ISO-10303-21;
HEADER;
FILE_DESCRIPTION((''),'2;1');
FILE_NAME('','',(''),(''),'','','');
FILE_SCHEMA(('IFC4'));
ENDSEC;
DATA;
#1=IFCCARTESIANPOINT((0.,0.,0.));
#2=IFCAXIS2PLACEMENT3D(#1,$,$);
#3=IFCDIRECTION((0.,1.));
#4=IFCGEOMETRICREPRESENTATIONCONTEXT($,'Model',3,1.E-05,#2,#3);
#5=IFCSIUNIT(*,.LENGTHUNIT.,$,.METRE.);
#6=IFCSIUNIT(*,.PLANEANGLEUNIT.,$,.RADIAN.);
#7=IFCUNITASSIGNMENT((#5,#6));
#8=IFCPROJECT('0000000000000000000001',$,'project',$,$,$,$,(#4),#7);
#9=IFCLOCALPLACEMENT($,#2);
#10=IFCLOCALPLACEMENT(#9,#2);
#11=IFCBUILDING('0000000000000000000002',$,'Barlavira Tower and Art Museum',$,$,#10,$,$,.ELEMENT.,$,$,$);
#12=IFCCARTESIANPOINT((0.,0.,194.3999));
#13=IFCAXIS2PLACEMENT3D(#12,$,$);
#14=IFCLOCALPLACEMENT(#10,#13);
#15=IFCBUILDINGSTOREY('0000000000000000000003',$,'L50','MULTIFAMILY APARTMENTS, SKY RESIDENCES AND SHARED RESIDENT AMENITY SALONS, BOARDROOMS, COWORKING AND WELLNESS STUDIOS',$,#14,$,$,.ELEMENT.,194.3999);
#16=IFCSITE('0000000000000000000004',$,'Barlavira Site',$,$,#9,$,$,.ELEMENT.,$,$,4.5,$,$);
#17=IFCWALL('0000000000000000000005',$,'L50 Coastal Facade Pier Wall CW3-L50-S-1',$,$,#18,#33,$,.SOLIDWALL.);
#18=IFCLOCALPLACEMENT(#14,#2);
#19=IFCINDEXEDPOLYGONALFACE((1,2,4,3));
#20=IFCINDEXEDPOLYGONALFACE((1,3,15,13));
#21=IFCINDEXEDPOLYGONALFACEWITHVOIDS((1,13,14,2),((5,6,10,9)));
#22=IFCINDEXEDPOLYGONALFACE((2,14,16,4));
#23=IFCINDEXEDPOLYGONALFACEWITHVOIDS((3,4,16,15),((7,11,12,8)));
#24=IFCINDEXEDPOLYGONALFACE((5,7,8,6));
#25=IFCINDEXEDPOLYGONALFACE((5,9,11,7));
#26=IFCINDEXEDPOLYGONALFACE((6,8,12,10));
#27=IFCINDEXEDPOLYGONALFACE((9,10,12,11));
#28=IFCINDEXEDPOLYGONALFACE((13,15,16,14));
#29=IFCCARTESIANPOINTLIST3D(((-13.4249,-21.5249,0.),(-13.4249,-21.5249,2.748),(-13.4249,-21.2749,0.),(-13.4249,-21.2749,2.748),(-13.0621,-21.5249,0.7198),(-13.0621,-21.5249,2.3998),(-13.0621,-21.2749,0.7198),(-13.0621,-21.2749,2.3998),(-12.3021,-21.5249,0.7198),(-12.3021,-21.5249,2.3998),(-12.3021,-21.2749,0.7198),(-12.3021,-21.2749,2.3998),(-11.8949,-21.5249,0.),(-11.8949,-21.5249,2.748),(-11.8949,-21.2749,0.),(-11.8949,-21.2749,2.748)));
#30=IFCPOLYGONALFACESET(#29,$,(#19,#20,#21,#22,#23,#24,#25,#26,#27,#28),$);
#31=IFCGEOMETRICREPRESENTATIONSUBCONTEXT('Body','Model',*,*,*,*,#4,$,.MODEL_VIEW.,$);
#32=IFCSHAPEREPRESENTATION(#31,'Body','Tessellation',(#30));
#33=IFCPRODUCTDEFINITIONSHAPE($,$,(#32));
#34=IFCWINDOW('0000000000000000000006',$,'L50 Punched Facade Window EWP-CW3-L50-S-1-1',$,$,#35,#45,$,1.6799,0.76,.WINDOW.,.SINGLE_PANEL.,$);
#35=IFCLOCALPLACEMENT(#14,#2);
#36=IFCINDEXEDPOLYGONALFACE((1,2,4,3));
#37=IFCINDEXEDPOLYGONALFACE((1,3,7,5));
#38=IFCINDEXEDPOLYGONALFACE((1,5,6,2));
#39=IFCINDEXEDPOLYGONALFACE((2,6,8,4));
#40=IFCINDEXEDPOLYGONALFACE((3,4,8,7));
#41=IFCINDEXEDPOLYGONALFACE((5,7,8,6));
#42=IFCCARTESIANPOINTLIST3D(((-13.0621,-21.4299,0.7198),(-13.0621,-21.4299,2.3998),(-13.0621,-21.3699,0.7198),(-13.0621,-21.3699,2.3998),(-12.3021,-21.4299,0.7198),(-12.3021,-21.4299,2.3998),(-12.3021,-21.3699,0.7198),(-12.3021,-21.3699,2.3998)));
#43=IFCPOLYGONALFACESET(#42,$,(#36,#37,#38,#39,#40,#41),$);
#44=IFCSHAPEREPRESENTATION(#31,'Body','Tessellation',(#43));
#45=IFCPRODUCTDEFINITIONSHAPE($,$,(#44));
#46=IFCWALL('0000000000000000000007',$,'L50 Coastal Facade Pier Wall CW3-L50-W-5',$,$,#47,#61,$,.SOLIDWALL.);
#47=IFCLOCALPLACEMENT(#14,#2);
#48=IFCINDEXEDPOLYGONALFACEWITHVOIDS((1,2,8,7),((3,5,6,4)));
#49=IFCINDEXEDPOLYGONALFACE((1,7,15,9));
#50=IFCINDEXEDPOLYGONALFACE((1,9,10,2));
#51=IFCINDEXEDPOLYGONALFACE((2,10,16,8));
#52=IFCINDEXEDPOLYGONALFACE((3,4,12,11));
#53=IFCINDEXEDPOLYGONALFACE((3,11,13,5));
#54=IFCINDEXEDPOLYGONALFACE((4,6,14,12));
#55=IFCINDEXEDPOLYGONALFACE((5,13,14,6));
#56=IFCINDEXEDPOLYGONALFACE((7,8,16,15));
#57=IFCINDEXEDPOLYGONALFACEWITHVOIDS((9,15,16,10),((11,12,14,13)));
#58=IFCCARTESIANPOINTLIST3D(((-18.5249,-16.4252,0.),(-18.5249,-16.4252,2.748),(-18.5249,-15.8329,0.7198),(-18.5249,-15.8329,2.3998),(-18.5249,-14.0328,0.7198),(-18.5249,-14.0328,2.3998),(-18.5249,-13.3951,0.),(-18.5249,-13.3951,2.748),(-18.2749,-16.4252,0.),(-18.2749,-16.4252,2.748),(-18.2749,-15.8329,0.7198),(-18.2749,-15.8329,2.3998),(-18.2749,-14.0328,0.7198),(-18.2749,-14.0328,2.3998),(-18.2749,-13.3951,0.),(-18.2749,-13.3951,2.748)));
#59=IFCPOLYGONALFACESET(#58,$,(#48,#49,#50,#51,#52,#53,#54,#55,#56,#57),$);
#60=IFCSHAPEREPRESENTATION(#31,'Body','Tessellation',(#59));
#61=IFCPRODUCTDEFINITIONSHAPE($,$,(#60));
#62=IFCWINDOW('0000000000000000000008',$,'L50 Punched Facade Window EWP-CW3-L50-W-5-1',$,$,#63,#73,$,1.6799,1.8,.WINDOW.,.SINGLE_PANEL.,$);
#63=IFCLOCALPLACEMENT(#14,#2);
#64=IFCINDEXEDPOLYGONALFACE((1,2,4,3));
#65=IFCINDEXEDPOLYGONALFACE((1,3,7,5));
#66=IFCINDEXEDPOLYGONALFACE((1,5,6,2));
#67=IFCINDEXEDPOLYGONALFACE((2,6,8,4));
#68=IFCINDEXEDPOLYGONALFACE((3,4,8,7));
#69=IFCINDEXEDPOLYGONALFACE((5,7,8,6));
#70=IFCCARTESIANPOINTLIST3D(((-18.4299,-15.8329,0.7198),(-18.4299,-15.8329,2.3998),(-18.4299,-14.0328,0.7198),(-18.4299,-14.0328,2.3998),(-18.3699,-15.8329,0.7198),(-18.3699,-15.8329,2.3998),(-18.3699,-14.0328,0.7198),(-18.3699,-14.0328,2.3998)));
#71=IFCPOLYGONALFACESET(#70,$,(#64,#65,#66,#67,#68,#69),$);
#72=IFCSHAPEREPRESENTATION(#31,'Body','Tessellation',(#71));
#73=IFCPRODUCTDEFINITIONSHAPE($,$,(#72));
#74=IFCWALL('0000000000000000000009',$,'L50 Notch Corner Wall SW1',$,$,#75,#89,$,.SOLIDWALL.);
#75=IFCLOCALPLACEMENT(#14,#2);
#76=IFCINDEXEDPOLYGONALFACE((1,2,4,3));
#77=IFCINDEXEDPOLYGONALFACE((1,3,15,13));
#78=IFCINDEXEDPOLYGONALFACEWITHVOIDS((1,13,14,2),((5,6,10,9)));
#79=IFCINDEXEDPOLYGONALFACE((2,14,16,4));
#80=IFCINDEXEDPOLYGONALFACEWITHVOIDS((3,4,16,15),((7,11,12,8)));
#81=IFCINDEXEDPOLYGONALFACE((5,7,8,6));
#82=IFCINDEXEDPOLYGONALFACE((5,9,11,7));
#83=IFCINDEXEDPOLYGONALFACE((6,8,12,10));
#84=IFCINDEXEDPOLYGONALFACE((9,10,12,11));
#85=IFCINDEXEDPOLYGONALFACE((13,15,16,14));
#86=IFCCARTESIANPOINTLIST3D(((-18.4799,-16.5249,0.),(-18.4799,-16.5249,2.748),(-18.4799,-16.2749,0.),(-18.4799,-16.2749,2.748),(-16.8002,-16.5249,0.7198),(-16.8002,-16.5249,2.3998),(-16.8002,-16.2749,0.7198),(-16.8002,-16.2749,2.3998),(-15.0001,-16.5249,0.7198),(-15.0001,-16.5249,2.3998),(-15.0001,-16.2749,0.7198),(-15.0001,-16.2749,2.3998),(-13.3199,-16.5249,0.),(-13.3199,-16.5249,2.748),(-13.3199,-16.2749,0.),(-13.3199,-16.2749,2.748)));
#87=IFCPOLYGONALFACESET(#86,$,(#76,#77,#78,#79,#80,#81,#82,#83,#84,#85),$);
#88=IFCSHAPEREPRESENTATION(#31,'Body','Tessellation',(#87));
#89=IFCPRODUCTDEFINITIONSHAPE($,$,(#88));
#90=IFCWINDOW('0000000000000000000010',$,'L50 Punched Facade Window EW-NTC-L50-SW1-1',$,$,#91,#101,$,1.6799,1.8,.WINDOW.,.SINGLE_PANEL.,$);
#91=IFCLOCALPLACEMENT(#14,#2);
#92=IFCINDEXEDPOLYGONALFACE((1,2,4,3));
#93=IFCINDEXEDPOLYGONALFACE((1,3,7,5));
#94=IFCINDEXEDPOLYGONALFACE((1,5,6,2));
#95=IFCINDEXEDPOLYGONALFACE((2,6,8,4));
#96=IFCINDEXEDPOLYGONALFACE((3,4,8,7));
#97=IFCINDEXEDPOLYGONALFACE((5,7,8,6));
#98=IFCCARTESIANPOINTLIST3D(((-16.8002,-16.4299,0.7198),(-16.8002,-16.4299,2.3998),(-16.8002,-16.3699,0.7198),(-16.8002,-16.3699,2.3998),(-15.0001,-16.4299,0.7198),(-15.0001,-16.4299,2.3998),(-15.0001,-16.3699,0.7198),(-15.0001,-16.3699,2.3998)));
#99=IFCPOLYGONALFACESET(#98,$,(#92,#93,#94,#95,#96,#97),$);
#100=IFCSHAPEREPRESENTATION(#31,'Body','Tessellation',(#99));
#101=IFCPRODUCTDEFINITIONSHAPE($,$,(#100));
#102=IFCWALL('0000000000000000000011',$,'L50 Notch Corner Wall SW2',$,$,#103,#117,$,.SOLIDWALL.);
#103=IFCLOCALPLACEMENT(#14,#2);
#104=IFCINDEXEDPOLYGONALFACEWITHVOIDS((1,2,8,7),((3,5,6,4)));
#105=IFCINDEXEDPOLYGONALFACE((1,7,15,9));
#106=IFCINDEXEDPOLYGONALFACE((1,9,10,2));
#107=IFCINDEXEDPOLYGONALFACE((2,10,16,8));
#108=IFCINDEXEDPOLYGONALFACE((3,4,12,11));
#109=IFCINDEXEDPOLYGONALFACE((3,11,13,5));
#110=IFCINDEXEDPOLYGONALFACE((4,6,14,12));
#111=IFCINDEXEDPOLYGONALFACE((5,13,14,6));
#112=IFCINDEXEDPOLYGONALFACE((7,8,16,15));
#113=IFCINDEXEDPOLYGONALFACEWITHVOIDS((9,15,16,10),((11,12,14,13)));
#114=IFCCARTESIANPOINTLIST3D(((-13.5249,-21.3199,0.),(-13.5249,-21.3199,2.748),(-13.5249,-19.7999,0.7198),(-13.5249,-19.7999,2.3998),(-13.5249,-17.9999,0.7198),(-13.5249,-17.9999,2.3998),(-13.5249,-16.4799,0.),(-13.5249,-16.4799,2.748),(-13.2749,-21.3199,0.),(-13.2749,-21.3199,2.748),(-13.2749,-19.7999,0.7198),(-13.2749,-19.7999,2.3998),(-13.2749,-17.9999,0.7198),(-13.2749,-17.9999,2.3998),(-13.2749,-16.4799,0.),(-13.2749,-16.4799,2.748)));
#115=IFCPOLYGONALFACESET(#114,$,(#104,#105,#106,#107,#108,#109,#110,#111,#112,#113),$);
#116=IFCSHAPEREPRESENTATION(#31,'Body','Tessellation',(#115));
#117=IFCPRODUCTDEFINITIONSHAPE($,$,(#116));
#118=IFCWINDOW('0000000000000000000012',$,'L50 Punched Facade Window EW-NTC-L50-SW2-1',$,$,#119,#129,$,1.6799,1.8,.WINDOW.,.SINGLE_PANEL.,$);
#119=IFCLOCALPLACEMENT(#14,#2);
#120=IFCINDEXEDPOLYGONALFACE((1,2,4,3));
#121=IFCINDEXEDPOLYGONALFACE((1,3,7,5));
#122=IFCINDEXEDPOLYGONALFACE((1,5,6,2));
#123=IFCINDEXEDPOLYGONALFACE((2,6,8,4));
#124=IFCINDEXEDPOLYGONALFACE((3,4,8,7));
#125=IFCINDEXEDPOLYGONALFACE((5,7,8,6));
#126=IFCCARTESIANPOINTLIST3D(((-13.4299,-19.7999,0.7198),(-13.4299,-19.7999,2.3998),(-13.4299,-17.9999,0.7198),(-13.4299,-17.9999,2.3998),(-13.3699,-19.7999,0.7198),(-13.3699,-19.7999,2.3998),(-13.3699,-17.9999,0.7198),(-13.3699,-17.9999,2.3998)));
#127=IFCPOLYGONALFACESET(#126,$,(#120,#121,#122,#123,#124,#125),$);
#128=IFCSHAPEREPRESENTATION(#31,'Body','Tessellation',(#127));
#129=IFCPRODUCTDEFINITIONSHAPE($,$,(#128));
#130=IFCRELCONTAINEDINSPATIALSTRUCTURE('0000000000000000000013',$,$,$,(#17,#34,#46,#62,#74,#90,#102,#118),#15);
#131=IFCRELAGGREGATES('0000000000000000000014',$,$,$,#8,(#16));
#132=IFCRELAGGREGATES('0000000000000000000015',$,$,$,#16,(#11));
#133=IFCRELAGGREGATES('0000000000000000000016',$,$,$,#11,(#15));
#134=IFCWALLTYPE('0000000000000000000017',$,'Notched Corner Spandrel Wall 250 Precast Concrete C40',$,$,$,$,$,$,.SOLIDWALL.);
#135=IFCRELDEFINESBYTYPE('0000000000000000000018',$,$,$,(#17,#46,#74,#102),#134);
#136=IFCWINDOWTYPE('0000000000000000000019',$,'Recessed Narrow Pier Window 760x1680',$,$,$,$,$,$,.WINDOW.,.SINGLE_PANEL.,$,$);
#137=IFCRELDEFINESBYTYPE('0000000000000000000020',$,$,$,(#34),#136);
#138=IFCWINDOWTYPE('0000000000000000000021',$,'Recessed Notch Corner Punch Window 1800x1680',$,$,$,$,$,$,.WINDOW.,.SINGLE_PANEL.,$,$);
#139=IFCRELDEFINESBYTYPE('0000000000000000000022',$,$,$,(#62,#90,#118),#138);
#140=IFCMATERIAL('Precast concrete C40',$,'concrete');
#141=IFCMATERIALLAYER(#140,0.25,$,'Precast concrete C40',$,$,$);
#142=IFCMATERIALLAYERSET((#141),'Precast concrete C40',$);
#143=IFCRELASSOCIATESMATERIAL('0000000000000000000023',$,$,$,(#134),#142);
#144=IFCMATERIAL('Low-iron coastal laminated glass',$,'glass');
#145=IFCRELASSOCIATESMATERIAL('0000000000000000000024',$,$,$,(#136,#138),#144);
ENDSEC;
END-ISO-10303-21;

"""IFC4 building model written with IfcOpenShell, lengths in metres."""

from ifc_helpers import new_model, si_unit, direction, frame, frame_2d, origin, place, context, subcontext, project, spatial, rectangle, extrude, material, layer, layer_set, type_object, element, fill, save


model = new_model("IFC4")

# Units and contexts
model_context = context("Model", 3, precision=1e-05, world=origin(), true_north=direction((0.0, 1.0)))
body_context = subcontext(model_context, "Body", "Model", "MODEL_VIEW")
ifc_project = project(units=[si_unit("LENGTHUNIT", "METRE"), si_unit("PLANEANGLEUNIT", "RADIAN")], contexts=[model_context])

# Site, building, storey
site_placement = place(None, origin())
site = spatial("IfcSite", under=ifc_project, at=site_placement, Name="Barlavira Site", CompositionType="ELEMENT", RefElevation=4.5)
building_placement = place(site_placement, origin())
building = spatial("IfcBuilding", under=site, at=building_placement, Name="Barlavira Tower and Art Museum", CompositionType="ELEMENT")
storey_placement = place(building_placement, frame((0.0, 0.0, 194.3999)))
storey = spatial("IfcBuildingStorey", under=building, at=storey_placement, Name="L50", Description="MULTIFAMILY APARTMENTS, SKY RESIDENCES AND SHARED RESIDENT AMENITY SALONS, BOARDROOMS, COWORKING AND WELLNESS STUDIOS", CompositionType="ELEMENT", Elevation=194.3999)

# Walls, openings, windows
ifc_material_1 = material(Name="Precast concrete C40", Category="concrete")
ifc_layer_1 = layer(ifc_material_1, 0.25, Name="Precast concrete C40")
ifc_layer_set_1 = layer_set([ifc_layer_1], Name="Precast concrete C40")
wall_type_1 = type_object("IfcWallType", Name="Notched Corner Spandrel Wall 250 Precast Concrete C40", PredefinedType="SOLIDWALL", material=ifc_layer_set_1)
wall_1_placement = place(storey_placement, frame((-13.425, -21.3999, 0.0), z_axis=(0.0, 0.0, 1.0), x_axis=(1.0, 0.0, 0.0)))
wall_1 = element("IfcWall", 1, at=wall_1_placement, inside=storey, type_object=wall_type_1, Name="L50 Coastal Facade Pier Wall CW3-L50-S-1", PredefinedType="SOLIDWALL", context=body_context, shape_type="SweptSolid", body=[
    extrude(rectangle(XDim=1.53, YDim=0.25, at=frame_2d((0.7651, 0.0))), origin(), (0.0, 0.0, 1.0), 2.748),
])
opening_1_placement = place(wall_1_placement, frame((0.363, 0.0, 0.72)))
opening_1 = element("IfcOpeningElement", 2, at=opening_1_placement, cuts=wall_1, PredefinedType="OPENING", context=body_context, shape_type="SweptSolid", body=[
    extrude(rectangle(XDim=0.76, YDim=1.6799, at=frame_2d((0.3799, 0.8398))), frame((0.0, 0.135, 0.0), z_axis=(0.0, -1.0, 0.0), x_axis=(1.0, 0.0, 0.0)), (0.0, 0.0, 1.0), 0.27),
])
ifc_material_2 = material(Name="Low-iron coastal laminated glass", Category="glass")
window_type_1 = type_object("IfcWindowType", Name="Recessed Narrow Pier Window 760x1680", PartitioningType="SINGLE_PANEL", PredefinedType="WINDOW", material=ifc_material_2)
window_1_placement = place(opening_1_placement, origin())
window_1 = element("IfcWindow", 3, at=window_1_placement, inside=storey, type_object=window_type_1, Name="L50 Punched Facade Window EWP-CW3-L50-S-1-1", OverallHeight=1.6799, OverallWidth=0.76, PartitioningType="SINGLE_PANEL", PredefinedType="WINDOW", context=body_context, shape_type="SweptSolid", body=[
    extrude(rectangle(XDim=0.76, YDim=1.6799, at=frame_2d((0.3799, 0.8398))), frame((0.0, 0.03, 0.0), z_axis=(0.0, -1.0, 0.0), x_axis=(1.0, 0.0, 0.0)), (0.0, 0.0, 1.0), 0.0601),
])
fill(opening_1, window_1)
wall_2_placement = place(storey_placement, frame((-18.3999, -13.395, 0.0), z_axis=(0.0, 0.0, 1.0), x_axis=(0.0, -1.0, 0.0)))
wall_2 = element("IfcWall", 4, at=wall_2_placement, inside=storey, type_object=wall_type_1, Name="L50 Coastal Facade Pier Wall CW3-L50-W-5", PredefinedType="SOLIDWALL", context=body_context, shape_type="SweptSolid", body=[
    extrude(rectangle(XDim=3.03, YDim=0.25, at=frame_2d((1.5151, 0.0))), origin(), (0.0, 0.0, 1.0), 2.748),
])
opening_2_placement = place(wall_2_placement, frame((0.6379, 0.0, 0.72)))
opening_2 = element("IfcOpeningElement", 5, at=opening_2_placement, cuts=wall_2, PredefinedType="OPENING", context=body_context, shape_type="SweptSolid", body=[
    extrude(rectangle(XDim=1.8, YDim=1.6799, at=frame_2d((0.8999, 0.8398))), frame((0.0, 0.135, 0.0), z_axis=(0.0, -1.0, 0.0), x_axis=(1.0, 0.0, 0.0)), (0.0, 0.0, 1.0), 0.27),
])
window_type_2 = type_object("IfcWindowType", Name="Recessed Notch Corner Punch Window 1800x1680", PartitioningType="SINGLE_PANEL", PredefinedType="WINDOW", material=ifc_material_2)
window_2_placement = place(opening_2_placement, origin())
window_2 = element("IfcWindow", 6, at=window_2_placement, inside=storey, type_object=window_type_2, Name="L50 Punched Facade Window EWP-CW3-L50-W-5-1", OverallHeight=1.6799, OverallWidth=1.8, PartitioningType="SINGLE_PANEL", PredefinedType="WINDOW", context=body_context, shape_type="SweptSolid", body=[
    extrude(rectangle(XDim=1.8, YDim=1.6799, at=frame_2d((0.8999, 0.8398))), frame((0.0, 0.03, 0.0), z_axis=(0.0, -1.0, 0.0), x_axis=(1.0, 0.0, 0.0)), (0.0, 0.0, 1.0), 0.0601),
])
fill(opening_2, window_2)
wall_3_placement = place(storey_placement, frame((-18.48, -16.3999, 0.0), z_axis=(0.0, 0.0, 1.0), x_axis=(1.0, 0.0, 0.0)))
wall_3 = element("IfcWall", 7, at=wall_3_placement, inside=storey, type_object=wall_type_1, Name="L50 Notch Corner Wall SW1", PredefinedType="SOLIDWALL", context=body_context, shape_type="SweptSolid", body=[
    extrude(rectangle(XDim=5.1599, YDim=0.25, at=frame_2d((2.5801, 0.0))), origin(), (0.0, 0.0, 1.0), 2.748),
])
opening_3_placement = place(wall_3_placement, frame((1.6799, 0.0, 0.72)))
opening_3 = element("IfcOpeningElement", 8, at=opening_3_placement, cuts=wall_3, PredefinedType="OPENING", context=body_context, shape_type="SweptSolid", body=[
    extrude(rectangle(XDim=1.8, YDim=1.6799, at=frame_2d((0.8999, 0.8398))), frame((0.0, 0.135, 0.0), z_axis=(0.0, -1.0, 0.0), x_axis=(1.0, 0.0, 0.0)), (0.0, 0.0, 1.0), 0.27),
])
window_3_placement = place(opening_3_placement, origin())
window_3 = element("IfcWindow", 9, at=window_3_placement, inside=storey, type_object=window_type_2, Name="L50 Punched Facade Window EW-NTC-L50-SW1-1", OverallHeight=1.6799, OverallWidth=1.8, PartitioningType="SINGLE_PANEL", PredefinedType="WINDOW", context=body_context, shape_type="SweptSolid", body=[
    extrude(rectangle(XDim=1.8, YDim=1.6799, at=frame_2d((0.8999, 0.8398))), frame((0.0, 0.03, 0.0), z_axis=(0.0, -1.0, 0.0), x_axis=(1.0, 0.0, 0.0)), (0.0, 0.0, 1.0), 0.0601),
])
fill(opening_3, window_3)
wall_4_placement = place(storey_placement, frame((-13.3999, -16.48, 0.0), z_axis=(0.0, 0.0, 1.0), x_axis=(0.0, -1.0, 0.0)))
wall_4 = element("IfcWall", 10, at=wall_4_placement, inside=storey, type_object=wall_type_1, Name="L50 Notch Corner Wall SW2", PredefinedType="SOLIDWALL", context=body_context, shape_type="SweptSolid", body=[
    extrude(rectangle(XDim=4.8401, YDim=0.25, at=frame_2d((2.4199, 0.0))), origin(), (0.0, 0.0, 1.0), 2.748),
])
opening_4_placement = place(wall_4_placement, frame((1.52, 0.0, 0.72)))
opening_4 = element("IfcOpeningElement", 11, at=opening_4_placement, cuts=wall_4, PredefinedType="OPENING", context=body_context, shape_type="SweptSolid", body=[
    extrude(rectangle(XDim=1.8, YDim=1.6799, at=frame_2d((0.8999, 0.8398))), frame((0.0, 0.135, 0.0), z_axis=(0.0, -1.0, 0.0), x_axis=(1.0, 0.0, 0.0)), (0.0, 0.0, 1.0), 0.27),
])
window_4_placement = place(opening_4_placement, origin())
window_4 = element("IfcWindow", 12, at=window_4_placement, inside=storey, type_object=window_type_2, Name="L50 Punched Facade Window EW-NTC-L50-SW2-1", OverallHeight=1.6799, OverallWidth=1.8, PartitioningType="SINGLE_PANEL", PredefinedType="WINDOW", context=body_context, shape_type="SweptSolid", body=[
    extrude(rectangle(XDim=1.8, YDim=1.6799, at=frame_2d((0.8999, 0.8398))), frame((0.0, 0.03, 0.0), z_axis=(0.0, -1.0, 0.0), x_axis=(1.0, 0.0, 0.0)), (0.0, 0.0, 1.0), 0.0601),
])
fill(opening_4, window_4)

save(model, "model.ifc")
